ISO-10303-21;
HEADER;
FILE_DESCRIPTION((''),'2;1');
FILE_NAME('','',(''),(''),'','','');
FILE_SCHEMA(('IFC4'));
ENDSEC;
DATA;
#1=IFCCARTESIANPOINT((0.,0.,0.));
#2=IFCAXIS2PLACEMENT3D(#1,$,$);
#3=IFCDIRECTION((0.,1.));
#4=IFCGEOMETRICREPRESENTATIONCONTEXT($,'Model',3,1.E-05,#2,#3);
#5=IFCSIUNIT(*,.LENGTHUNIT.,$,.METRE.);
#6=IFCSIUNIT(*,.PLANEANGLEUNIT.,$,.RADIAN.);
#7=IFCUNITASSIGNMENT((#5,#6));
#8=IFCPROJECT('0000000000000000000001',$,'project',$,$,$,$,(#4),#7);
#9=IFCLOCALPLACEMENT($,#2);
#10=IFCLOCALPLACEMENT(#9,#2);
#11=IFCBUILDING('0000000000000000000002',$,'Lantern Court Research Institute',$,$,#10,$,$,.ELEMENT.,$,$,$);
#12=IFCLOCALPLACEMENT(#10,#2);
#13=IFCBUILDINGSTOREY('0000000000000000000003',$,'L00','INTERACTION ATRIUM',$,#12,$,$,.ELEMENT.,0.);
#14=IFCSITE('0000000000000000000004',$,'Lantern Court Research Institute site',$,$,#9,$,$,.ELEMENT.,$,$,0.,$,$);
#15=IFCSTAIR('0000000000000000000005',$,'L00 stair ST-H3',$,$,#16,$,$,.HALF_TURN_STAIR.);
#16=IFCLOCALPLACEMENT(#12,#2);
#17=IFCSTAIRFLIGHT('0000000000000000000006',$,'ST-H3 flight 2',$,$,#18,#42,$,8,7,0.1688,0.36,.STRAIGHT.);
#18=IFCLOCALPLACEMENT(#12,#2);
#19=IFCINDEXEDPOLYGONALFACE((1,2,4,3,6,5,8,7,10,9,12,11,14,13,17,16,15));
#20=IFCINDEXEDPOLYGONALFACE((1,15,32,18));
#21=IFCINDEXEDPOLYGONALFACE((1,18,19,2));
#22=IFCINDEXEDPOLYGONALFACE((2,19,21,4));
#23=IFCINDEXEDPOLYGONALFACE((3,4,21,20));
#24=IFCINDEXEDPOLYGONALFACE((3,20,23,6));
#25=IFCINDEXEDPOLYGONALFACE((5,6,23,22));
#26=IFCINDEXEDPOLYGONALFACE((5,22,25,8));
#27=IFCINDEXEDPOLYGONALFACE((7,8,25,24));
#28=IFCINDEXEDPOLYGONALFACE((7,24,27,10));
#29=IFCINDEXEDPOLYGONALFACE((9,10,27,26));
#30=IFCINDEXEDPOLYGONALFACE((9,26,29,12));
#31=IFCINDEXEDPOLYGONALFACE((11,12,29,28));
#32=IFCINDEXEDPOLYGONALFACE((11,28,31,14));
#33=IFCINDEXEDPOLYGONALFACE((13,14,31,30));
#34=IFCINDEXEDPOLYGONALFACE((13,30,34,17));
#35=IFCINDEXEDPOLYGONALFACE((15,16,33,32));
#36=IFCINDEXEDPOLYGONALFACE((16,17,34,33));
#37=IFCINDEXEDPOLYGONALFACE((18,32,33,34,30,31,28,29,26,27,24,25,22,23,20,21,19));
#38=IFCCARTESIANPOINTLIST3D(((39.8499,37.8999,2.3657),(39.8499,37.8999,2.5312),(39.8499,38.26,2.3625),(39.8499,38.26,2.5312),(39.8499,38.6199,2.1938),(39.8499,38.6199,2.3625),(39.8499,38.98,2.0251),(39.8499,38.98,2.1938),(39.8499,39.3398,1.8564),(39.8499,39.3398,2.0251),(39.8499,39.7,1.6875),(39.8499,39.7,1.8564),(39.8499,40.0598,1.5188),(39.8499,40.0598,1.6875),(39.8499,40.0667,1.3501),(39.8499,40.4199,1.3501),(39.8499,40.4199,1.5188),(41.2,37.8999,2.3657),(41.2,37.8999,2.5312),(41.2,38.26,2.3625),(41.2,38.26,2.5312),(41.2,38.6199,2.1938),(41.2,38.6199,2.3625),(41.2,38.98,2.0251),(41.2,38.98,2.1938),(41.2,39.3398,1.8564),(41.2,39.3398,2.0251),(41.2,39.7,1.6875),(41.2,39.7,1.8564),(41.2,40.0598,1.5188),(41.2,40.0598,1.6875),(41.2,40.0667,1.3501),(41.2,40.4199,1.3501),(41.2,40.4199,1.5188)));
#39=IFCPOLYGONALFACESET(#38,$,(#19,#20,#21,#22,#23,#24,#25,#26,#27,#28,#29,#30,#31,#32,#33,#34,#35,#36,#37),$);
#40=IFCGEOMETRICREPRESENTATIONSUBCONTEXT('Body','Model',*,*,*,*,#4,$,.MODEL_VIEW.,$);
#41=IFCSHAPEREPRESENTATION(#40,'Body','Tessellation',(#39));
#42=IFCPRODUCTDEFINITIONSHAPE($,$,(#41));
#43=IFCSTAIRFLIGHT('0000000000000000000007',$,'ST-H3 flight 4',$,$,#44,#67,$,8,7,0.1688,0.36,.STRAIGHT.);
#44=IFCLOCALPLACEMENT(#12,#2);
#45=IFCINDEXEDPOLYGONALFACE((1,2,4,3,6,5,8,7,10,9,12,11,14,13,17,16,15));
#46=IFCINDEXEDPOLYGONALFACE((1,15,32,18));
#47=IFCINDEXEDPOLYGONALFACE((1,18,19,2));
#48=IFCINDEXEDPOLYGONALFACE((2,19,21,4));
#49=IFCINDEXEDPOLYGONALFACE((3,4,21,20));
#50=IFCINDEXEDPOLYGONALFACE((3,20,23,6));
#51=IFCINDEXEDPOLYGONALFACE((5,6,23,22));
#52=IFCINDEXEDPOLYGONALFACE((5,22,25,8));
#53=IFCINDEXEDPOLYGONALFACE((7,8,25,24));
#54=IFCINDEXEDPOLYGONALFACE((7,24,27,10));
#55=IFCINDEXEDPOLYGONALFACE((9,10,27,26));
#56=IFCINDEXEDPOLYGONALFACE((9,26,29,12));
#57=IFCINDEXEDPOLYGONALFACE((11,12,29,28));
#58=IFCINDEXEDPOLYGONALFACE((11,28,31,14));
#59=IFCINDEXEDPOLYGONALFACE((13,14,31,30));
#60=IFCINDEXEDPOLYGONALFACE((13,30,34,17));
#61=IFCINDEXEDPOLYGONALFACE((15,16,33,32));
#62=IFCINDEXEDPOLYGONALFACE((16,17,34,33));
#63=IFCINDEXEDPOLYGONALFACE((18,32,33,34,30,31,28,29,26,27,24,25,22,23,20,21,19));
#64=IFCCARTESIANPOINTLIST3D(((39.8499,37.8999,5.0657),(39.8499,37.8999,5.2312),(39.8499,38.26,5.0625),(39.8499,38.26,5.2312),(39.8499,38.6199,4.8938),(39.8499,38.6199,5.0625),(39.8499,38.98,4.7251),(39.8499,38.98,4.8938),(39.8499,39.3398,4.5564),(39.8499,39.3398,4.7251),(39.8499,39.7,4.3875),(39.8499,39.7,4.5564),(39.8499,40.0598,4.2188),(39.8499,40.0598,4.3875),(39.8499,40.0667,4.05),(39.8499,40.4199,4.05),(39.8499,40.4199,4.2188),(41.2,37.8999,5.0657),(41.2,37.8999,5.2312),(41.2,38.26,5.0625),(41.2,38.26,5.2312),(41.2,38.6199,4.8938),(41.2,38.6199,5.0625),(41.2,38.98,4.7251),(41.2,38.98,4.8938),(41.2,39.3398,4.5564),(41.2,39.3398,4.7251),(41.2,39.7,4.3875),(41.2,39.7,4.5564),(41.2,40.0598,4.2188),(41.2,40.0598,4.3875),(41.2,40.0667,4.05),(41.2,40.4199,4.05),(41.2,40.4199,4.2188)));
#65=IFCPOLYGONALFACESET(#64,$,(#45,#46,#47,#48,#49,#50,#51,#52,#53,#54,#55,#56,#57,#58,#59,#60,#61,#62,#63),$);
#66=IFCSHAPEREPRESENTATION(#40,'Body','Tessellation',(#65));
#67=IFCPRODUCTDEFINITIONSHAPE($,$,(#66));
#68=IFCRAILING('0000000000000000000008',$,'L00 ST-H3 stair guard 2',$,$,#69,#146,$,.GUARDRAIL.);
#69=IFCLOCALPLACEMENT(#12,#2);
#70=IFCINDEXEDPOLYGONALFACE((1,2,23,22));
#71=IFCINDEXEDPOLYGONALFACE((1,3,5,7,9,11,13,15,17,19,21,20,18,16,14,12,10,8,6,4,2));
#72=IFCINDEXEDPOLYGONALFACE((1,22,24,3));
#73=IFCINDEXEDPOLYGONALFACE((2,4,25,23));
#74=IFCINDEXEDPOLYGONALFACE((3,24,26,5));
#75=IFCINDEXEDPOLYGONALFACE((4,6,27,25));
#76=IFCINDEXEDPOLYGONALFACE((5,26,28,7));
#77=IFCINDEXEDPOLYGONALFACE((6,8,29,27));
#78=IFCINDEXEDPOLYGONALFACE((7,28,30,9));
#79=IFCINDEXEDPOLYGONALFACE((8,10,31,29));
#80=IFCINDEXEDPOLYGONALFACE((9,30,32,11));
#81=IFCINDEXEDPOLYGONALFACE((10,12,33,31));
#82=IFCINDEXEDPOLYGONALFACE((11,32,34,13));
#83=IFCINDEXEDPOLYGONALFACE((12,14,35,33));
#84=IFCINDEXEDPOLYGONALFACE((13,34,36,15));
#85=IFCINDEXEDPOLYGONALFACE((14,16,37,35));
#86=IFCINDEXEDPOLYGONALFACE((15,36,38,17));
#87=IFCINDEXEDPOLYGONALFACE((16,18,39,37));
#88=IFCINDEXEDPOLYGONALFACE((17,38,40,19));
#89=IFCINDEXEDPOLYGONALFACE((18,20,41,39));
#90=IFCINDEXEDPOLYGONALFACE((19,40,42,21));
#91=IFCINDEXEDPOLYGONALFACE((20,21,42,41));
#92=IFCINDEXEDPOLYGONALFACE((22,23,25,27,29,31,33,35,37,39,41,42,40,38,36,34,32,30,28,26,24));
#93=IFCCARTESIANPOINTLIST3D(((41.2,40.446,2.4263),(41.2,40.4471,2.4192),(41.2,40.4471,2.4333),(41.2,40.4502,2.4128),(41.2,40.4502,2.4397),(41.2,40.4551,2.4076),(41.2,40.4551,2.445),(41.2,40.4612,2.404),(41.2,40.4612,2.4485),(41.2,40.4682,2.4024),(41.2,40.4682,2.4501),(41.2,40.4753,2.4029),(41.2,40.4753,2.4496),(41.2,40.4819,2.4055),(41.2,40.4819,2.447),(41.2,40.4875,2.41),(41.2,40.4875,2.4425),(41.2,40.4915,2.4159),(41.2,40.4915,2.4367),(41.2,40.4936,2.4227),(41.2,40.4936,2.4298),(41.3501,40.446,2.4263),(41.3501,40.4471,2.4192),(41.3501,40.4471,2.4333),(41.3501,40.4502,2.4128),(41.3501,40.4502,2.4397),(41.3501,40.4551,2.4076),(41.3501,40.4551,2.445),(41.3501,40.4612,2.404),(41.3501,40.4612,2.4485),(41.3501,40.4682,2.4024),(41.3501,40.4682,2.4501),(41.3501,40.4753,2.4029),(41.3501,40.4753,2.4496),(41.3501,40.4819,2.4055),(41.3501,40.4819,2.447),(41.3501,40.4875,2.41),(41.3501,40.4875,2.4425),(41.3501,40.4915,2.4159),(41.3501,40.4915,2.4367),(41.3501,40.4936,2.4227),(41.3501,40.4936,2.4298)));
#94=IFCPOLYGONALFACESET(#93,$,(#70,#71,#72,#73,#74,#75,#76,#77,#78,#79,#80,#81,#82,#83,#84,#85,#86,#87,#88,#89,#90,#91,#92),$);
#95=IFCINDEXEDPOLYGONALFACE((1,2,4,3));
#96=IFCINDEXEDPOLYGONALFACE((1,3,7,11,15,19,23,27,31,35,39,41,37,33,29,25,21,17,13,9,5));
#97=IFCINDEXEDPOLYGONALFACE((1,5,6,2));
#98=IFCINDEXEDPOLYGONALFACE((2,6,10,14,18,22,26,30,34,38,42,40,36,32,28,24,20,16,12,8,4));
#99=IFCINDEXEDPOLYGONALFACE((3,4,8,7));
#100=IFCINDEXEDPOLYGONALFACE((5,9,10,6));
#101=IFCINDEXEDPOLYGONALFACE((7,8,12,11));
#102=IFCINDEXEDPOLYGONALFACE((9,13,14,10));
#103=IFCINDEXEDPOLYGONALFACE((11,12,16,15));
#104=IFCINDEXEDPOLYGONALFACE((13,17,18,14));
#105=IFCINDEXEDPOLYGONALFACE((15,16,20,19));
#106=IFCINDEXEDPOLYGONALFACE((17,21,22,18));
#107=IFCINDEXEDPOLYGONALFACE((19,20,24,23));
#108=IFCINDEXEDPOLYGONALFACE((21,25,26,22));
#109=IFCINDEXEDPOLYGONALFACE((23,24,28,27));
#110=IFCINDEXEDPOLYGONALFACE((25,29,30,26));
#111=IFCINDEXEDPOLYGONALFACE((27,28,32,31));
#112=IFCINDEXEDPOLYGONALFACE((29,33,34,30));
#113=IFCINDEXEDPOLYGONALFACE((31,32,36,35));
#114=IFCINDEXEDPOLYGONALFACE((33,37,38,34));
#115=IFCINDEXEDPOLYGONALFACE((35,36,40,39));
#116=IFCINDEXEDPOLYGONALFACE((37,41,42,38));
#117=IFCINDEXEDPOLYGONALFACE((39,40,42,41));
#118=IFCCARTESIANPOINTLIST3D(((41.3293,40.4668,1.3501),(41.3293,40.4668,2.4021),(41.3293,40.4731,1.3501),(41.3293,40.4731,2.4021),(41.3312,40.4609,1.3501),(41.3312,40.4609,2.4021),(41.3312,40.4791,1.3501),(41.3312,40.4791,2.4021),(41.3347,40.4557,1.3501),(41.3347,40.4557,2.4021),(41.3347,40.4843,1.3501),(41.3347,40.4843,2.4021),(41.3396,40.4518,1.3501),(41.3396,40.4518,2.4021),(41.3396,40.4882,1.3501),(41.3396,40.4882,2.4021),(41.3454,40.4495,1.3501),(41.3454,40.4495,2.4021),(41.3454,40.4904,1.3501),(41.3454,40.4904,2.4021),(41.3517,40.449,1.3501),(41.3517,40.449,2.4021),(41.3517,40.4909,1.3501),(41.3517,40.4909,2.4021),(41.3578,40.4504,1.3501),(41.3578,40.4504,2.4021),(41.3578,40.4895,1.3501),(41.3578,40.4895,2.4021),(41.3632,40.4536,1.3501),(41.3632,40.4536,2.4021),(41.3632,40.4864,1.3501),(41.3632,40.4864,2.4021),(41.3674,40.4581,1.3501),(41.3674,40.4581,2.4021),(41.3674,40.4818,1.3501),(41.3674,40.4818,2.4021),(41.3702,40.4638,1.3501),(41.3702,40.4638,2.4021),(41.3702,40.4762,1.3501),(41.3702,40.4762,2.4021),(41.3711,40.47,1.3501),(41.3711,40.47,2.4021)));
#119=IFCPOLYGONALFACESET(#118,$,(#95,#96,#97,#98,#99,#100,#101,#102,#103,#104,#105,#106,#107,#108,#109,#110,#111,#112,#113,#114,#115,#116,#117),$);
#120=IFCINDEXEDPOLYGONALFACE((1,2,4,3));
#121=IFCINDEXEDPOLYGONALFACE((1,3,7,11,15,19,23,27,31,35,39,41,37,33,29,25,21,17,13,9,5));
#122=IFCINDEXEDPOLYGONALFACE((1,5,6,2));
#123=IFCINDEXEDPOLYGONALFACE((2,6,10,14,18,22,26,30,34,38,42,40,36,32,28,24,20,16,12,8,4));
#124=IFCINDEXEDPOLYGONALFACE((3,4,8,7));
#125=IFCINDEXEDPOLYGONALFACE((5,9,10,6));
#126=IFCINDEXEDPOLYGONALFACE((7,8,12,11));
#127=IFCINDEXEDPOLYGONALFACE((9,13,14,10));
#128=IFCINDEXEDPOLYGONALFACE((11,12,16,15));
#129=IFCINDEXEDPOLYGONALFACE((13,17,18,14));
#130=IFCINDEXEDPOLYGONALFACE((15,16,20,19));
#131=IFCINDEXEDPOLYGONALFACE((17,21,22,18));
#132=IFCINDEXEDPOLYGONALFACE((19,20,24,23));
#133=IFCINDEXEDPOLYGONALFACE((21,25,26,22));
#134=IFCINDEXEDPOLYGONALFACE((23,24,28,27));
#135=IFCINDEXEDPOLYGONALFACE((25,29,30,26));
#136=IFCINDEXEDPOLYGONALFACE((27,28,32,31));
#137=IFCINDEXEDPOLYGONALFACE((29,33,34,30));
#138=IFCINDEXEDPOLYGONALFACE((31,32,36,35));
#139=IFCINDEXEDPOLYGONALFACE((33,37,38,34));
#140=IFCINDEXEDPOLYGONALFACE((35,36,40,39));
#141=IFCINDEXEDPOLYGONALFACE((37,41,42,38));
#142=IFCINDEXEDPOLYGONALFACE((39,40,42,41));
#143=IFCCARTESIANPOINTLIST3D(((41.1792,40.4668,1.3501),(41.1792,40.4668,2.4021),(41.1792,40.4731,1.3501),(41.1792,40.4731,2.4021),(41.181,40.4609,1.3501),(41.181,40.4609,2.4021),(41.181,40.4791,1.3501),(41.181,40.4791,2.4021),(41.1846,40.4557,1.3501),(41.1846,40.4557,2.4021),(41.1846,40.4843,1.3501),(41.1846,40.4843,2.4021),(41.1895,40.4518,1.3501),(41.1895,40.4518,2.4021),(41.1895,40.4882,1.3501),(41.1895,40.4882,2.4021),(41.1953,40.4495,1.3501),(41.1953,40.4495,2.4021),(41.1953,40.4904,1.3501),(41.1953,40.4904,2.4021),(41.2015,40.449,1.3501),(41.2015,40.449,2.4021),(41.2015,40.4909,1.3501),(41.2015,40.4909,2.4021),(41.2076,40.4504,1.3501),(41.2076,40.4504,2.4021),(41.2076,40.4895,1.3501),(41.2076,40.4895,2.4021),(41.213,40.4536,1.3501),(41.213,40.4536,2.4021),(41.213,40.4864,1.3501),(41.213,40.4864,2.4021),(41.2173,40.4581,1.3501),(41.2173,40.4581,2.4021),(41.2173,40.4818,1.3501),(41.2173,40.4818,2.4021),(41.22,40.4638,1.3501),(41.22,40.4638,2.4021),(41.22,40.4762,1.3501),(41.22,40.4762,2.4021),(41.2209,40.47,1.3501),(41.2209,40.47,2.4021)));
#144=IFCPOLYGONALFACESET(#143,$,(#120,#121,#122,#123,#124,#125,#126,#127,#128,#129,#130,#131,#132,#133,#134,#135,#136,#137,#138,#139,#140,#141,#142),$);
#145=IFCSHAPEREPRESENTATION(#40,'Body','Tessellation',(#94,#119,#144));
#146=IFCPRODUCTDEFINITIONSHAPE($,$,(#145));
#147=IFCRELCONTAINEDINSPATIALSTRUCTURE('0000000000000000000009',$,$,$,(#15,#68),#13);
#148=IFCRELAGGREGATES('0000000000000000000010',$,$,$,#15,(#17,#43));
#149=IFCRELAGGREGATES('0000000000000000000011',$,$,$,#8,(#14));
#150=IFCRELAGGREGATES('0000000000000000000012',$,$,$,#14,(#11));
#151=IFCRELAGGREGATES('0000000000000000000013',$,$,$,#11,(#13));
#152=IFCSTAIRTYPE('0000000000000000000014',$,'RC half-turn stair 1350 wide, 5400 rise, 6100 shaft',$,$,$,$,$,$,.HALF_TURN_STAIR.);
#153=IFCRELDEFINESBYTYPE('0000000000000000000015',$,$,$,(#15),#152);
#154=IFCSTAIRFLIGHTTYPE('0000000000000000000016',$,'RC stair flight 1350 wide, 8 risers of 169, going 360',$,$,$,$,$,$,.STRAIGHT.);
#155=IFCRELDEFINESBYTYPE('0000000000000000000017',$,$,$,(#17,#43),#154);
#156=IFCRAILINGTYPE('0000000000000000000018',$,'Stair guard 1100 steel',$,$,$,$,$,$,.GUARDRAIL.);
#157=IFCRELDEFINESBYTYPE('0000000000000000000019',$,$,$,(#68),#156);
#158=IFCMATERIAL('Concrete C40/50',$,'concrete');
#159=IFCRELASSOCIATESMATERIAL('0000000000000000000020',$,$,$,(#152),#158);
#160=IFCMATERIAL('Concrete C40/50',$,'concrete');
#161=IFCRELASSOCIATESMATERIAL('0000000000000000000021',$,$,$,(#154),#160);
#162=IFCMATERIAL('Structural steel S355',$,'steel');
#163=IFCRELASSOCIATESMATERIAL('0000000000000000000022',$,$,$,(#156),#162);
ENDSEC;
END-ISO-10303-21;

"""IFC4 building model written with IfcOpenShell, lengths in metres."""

from ifc_helpers import new_model, si_unit, direction, frame, origin, origin_2d, place, context, subcontext, project, spatial, polyline, circle, outline, extrude, material, type_object, element, aggregate, save


model = new_model("IFC4")

# Units and contexts
model_context = context("Model", 3, precision=1e-05, world=origin(), true_north=direction((0.0, 1.0)))
body_context = subcontext(model_context, "Body", "Model", "MODEL_VIEW")
ifc_project = project(units=[si_unit("LENGTHUNIT", "METRE"), si_unit("PLANEANGLEUNIT", "RADIAN")], contexts=[model_context])

# Site, building, storey
site_placement = place(None, origin())
site = spatial("IfcSite", under=ifc_project, at=site_placement, Name="Lantern Court Research Institute site", CompositionType="ELEMENT", RefElevation=0.0)
building_placement = place(site_placement, origin())
building = spatial("IfcBuilding", under=site, at=building_placement, Name="Lantern Court Research Institute", CompositionType="ELEMENT")
storey_placement = place(building_placement, origin())
storey = spatial("IfcBuildingStorey", under=building, at=storey_placement, Name="L00", Description="INTERACTION ATRIUM", CompositionType="ELEMENT", Elevation=0.0)

# Stair, stair flights
ifc_material_1 = material(Name="Concrete C40/50", Category="concrete")
stair_type = type_object("IfcStairType", Name="RC half-turn stair 1350 wide, 5400 rise, 6100 shaft", PredefinedType="HALF_TURN_STAIR", material=ifc_material_1)
stair_placement = place(storey_placement, origin())
stair = element("IfcStair", 1, at=stair_placement, inside=storey, type_object=stair_type, Name="L00 stair ST-H3", PredefinedType="HALF_TURN_STAIR")
ifc_material_2 = material(Name="Concrete C40/50", Category="concrete")
stair_flight_type = type_object("IfcStairFlightType", Name="RC stair flight 1350 wide, 8 risers of 169, going 360", PredefinedType="STRAIGHT", material=ifc_material_2)
stair_flight_1_placement = place(storey_placement, frame((40.5249, 40.4199, 1.3501), z_axis=(0.0, 0.0, 1.0), x_axis=(0.0, -1.0, 0.0)))
stair_flight_1 = element("IfcStairFlight", 2, at=stair_flight_1_placement, type_object=stair_flight_type, Name="ST-H3 flight 2", NumberOfRisers=8, NumberOfTreads=7, PredefinedType="STRAIGHT", RiserHeight=0.1688, TreadLength=0.36, context=body_context, shape_type="SweptSolid", body=[
    extrude(outline(polyline([(0.0, 0.0), (0.0, 0.1687), (0.3601, 0.1687), (0.3601, 0.3374), (0.72, 0.3374), (0.72, 0.5063), (1.0801, 0.5063), (1.0801, 0.675), (1.4399, 0.675), (1.4399, 0.8438), (1.8, 0.8438), (1.8, 1.0125), (2.1599, 1.0125), (2.1599, 1.1812), (2.52, 1.1812), (2.52, 1.3501), (2.52, 1.0156), (0.3533, 0.0), (0.0, 0.0)])), frame((0.0, 0.675, 0.0), z_axis=(0.0, -1.0, 0.0), x_axis=(1.0, 0.0, 0.0)), (0.0, 0.0, 1.0), 1.3501),
])
stair_flight_2_placement = place(storey_placement, frame((40.5249, 40.4199, 4.05), z_axis=(0.0, 0.0, 1.0), x_axis=(0.0, -1.0, 0.0)))
stair_flight_2 = element("IfcStairFlight", 3, at=stair_flight_2_placement, type_object=stair_flight_type, Name="ST-H3 flight 4", NumberOfRisers=8, NumberOfTreads=7, PredefinedType="STRAIGHT", RiserHeight=0.1688, TreadLength=0.36, context=body_context, shape_type="SweptSolid", body=[
    extrude(outline(polyline([(0.0, 0.0), (0.0, 0.1687), (0.3601, 0.1687), (0.3601, 0.3374), (0.72, 0.3374), (0.72, 0.5063), (1.0801, 0.5063), (1.0801, 0.675), (1.4399, 0.675), (1.4399, 0.8438), (1.8, 0.8438), (1.8, 1.0125), (2.1599, 1.0125), (2.1599, 1.1812), (2.52, 1.1812), (2.52, 1.3501), (2.52, 1.0156), (0.3533, 0.0), (0.0, 0.0)])), frame((0.0, 0.675, 0.0), z_axis=(0.0, -1.0, 0.0), x_axis=(1.0, 0.0, 0.0)), (0.0, 0.0, 1.0), 1.3501),
])
aggregate(stair, [stair_flight_1, stair_flight_2])

# Railing
ifc_material_3 = material(Name="Structural steel S355", Category="steel")
railing_type_1 = type_object("IfcRailingType", Name="Stair guard 1100 steel", PredefinedType="GUARDRAIL", material=ifc_material_3)
railing_1_placement = place(storey_placement, frame((41.3501, 40.47, 1.3501)))
element("IfcRailing", 4, at=railing_1_placement, inside=storey, type_object=railing_type_1, Name="L00 ST-H3 stair guard 2", PredefinedType="GUARDRAIL", context=body_context, shape_type="SweptSolid", body=[
    extrude(circle(Radius=0.0239, at=origin_2d()), frame((0.0, 0.0, 1.0762), z_axis=(-1.0, 0.0, 0.0), x_axis=(0.0, -1.0, 0.0)), (0.0, 0.0, 1.0), 0.1501),
    extrude(circle(Radius=0.021, at=origin_2d()), origin(), (0.0, 0.0, 1.0), 1.052),
    extrude(circle(Radius=0.021, at=origin_2d()), frame((-0.1501, 0.0, 0.0)), (0.0, 0.0, 1.0), 1.052),
])

save(model, "model.ifc")
